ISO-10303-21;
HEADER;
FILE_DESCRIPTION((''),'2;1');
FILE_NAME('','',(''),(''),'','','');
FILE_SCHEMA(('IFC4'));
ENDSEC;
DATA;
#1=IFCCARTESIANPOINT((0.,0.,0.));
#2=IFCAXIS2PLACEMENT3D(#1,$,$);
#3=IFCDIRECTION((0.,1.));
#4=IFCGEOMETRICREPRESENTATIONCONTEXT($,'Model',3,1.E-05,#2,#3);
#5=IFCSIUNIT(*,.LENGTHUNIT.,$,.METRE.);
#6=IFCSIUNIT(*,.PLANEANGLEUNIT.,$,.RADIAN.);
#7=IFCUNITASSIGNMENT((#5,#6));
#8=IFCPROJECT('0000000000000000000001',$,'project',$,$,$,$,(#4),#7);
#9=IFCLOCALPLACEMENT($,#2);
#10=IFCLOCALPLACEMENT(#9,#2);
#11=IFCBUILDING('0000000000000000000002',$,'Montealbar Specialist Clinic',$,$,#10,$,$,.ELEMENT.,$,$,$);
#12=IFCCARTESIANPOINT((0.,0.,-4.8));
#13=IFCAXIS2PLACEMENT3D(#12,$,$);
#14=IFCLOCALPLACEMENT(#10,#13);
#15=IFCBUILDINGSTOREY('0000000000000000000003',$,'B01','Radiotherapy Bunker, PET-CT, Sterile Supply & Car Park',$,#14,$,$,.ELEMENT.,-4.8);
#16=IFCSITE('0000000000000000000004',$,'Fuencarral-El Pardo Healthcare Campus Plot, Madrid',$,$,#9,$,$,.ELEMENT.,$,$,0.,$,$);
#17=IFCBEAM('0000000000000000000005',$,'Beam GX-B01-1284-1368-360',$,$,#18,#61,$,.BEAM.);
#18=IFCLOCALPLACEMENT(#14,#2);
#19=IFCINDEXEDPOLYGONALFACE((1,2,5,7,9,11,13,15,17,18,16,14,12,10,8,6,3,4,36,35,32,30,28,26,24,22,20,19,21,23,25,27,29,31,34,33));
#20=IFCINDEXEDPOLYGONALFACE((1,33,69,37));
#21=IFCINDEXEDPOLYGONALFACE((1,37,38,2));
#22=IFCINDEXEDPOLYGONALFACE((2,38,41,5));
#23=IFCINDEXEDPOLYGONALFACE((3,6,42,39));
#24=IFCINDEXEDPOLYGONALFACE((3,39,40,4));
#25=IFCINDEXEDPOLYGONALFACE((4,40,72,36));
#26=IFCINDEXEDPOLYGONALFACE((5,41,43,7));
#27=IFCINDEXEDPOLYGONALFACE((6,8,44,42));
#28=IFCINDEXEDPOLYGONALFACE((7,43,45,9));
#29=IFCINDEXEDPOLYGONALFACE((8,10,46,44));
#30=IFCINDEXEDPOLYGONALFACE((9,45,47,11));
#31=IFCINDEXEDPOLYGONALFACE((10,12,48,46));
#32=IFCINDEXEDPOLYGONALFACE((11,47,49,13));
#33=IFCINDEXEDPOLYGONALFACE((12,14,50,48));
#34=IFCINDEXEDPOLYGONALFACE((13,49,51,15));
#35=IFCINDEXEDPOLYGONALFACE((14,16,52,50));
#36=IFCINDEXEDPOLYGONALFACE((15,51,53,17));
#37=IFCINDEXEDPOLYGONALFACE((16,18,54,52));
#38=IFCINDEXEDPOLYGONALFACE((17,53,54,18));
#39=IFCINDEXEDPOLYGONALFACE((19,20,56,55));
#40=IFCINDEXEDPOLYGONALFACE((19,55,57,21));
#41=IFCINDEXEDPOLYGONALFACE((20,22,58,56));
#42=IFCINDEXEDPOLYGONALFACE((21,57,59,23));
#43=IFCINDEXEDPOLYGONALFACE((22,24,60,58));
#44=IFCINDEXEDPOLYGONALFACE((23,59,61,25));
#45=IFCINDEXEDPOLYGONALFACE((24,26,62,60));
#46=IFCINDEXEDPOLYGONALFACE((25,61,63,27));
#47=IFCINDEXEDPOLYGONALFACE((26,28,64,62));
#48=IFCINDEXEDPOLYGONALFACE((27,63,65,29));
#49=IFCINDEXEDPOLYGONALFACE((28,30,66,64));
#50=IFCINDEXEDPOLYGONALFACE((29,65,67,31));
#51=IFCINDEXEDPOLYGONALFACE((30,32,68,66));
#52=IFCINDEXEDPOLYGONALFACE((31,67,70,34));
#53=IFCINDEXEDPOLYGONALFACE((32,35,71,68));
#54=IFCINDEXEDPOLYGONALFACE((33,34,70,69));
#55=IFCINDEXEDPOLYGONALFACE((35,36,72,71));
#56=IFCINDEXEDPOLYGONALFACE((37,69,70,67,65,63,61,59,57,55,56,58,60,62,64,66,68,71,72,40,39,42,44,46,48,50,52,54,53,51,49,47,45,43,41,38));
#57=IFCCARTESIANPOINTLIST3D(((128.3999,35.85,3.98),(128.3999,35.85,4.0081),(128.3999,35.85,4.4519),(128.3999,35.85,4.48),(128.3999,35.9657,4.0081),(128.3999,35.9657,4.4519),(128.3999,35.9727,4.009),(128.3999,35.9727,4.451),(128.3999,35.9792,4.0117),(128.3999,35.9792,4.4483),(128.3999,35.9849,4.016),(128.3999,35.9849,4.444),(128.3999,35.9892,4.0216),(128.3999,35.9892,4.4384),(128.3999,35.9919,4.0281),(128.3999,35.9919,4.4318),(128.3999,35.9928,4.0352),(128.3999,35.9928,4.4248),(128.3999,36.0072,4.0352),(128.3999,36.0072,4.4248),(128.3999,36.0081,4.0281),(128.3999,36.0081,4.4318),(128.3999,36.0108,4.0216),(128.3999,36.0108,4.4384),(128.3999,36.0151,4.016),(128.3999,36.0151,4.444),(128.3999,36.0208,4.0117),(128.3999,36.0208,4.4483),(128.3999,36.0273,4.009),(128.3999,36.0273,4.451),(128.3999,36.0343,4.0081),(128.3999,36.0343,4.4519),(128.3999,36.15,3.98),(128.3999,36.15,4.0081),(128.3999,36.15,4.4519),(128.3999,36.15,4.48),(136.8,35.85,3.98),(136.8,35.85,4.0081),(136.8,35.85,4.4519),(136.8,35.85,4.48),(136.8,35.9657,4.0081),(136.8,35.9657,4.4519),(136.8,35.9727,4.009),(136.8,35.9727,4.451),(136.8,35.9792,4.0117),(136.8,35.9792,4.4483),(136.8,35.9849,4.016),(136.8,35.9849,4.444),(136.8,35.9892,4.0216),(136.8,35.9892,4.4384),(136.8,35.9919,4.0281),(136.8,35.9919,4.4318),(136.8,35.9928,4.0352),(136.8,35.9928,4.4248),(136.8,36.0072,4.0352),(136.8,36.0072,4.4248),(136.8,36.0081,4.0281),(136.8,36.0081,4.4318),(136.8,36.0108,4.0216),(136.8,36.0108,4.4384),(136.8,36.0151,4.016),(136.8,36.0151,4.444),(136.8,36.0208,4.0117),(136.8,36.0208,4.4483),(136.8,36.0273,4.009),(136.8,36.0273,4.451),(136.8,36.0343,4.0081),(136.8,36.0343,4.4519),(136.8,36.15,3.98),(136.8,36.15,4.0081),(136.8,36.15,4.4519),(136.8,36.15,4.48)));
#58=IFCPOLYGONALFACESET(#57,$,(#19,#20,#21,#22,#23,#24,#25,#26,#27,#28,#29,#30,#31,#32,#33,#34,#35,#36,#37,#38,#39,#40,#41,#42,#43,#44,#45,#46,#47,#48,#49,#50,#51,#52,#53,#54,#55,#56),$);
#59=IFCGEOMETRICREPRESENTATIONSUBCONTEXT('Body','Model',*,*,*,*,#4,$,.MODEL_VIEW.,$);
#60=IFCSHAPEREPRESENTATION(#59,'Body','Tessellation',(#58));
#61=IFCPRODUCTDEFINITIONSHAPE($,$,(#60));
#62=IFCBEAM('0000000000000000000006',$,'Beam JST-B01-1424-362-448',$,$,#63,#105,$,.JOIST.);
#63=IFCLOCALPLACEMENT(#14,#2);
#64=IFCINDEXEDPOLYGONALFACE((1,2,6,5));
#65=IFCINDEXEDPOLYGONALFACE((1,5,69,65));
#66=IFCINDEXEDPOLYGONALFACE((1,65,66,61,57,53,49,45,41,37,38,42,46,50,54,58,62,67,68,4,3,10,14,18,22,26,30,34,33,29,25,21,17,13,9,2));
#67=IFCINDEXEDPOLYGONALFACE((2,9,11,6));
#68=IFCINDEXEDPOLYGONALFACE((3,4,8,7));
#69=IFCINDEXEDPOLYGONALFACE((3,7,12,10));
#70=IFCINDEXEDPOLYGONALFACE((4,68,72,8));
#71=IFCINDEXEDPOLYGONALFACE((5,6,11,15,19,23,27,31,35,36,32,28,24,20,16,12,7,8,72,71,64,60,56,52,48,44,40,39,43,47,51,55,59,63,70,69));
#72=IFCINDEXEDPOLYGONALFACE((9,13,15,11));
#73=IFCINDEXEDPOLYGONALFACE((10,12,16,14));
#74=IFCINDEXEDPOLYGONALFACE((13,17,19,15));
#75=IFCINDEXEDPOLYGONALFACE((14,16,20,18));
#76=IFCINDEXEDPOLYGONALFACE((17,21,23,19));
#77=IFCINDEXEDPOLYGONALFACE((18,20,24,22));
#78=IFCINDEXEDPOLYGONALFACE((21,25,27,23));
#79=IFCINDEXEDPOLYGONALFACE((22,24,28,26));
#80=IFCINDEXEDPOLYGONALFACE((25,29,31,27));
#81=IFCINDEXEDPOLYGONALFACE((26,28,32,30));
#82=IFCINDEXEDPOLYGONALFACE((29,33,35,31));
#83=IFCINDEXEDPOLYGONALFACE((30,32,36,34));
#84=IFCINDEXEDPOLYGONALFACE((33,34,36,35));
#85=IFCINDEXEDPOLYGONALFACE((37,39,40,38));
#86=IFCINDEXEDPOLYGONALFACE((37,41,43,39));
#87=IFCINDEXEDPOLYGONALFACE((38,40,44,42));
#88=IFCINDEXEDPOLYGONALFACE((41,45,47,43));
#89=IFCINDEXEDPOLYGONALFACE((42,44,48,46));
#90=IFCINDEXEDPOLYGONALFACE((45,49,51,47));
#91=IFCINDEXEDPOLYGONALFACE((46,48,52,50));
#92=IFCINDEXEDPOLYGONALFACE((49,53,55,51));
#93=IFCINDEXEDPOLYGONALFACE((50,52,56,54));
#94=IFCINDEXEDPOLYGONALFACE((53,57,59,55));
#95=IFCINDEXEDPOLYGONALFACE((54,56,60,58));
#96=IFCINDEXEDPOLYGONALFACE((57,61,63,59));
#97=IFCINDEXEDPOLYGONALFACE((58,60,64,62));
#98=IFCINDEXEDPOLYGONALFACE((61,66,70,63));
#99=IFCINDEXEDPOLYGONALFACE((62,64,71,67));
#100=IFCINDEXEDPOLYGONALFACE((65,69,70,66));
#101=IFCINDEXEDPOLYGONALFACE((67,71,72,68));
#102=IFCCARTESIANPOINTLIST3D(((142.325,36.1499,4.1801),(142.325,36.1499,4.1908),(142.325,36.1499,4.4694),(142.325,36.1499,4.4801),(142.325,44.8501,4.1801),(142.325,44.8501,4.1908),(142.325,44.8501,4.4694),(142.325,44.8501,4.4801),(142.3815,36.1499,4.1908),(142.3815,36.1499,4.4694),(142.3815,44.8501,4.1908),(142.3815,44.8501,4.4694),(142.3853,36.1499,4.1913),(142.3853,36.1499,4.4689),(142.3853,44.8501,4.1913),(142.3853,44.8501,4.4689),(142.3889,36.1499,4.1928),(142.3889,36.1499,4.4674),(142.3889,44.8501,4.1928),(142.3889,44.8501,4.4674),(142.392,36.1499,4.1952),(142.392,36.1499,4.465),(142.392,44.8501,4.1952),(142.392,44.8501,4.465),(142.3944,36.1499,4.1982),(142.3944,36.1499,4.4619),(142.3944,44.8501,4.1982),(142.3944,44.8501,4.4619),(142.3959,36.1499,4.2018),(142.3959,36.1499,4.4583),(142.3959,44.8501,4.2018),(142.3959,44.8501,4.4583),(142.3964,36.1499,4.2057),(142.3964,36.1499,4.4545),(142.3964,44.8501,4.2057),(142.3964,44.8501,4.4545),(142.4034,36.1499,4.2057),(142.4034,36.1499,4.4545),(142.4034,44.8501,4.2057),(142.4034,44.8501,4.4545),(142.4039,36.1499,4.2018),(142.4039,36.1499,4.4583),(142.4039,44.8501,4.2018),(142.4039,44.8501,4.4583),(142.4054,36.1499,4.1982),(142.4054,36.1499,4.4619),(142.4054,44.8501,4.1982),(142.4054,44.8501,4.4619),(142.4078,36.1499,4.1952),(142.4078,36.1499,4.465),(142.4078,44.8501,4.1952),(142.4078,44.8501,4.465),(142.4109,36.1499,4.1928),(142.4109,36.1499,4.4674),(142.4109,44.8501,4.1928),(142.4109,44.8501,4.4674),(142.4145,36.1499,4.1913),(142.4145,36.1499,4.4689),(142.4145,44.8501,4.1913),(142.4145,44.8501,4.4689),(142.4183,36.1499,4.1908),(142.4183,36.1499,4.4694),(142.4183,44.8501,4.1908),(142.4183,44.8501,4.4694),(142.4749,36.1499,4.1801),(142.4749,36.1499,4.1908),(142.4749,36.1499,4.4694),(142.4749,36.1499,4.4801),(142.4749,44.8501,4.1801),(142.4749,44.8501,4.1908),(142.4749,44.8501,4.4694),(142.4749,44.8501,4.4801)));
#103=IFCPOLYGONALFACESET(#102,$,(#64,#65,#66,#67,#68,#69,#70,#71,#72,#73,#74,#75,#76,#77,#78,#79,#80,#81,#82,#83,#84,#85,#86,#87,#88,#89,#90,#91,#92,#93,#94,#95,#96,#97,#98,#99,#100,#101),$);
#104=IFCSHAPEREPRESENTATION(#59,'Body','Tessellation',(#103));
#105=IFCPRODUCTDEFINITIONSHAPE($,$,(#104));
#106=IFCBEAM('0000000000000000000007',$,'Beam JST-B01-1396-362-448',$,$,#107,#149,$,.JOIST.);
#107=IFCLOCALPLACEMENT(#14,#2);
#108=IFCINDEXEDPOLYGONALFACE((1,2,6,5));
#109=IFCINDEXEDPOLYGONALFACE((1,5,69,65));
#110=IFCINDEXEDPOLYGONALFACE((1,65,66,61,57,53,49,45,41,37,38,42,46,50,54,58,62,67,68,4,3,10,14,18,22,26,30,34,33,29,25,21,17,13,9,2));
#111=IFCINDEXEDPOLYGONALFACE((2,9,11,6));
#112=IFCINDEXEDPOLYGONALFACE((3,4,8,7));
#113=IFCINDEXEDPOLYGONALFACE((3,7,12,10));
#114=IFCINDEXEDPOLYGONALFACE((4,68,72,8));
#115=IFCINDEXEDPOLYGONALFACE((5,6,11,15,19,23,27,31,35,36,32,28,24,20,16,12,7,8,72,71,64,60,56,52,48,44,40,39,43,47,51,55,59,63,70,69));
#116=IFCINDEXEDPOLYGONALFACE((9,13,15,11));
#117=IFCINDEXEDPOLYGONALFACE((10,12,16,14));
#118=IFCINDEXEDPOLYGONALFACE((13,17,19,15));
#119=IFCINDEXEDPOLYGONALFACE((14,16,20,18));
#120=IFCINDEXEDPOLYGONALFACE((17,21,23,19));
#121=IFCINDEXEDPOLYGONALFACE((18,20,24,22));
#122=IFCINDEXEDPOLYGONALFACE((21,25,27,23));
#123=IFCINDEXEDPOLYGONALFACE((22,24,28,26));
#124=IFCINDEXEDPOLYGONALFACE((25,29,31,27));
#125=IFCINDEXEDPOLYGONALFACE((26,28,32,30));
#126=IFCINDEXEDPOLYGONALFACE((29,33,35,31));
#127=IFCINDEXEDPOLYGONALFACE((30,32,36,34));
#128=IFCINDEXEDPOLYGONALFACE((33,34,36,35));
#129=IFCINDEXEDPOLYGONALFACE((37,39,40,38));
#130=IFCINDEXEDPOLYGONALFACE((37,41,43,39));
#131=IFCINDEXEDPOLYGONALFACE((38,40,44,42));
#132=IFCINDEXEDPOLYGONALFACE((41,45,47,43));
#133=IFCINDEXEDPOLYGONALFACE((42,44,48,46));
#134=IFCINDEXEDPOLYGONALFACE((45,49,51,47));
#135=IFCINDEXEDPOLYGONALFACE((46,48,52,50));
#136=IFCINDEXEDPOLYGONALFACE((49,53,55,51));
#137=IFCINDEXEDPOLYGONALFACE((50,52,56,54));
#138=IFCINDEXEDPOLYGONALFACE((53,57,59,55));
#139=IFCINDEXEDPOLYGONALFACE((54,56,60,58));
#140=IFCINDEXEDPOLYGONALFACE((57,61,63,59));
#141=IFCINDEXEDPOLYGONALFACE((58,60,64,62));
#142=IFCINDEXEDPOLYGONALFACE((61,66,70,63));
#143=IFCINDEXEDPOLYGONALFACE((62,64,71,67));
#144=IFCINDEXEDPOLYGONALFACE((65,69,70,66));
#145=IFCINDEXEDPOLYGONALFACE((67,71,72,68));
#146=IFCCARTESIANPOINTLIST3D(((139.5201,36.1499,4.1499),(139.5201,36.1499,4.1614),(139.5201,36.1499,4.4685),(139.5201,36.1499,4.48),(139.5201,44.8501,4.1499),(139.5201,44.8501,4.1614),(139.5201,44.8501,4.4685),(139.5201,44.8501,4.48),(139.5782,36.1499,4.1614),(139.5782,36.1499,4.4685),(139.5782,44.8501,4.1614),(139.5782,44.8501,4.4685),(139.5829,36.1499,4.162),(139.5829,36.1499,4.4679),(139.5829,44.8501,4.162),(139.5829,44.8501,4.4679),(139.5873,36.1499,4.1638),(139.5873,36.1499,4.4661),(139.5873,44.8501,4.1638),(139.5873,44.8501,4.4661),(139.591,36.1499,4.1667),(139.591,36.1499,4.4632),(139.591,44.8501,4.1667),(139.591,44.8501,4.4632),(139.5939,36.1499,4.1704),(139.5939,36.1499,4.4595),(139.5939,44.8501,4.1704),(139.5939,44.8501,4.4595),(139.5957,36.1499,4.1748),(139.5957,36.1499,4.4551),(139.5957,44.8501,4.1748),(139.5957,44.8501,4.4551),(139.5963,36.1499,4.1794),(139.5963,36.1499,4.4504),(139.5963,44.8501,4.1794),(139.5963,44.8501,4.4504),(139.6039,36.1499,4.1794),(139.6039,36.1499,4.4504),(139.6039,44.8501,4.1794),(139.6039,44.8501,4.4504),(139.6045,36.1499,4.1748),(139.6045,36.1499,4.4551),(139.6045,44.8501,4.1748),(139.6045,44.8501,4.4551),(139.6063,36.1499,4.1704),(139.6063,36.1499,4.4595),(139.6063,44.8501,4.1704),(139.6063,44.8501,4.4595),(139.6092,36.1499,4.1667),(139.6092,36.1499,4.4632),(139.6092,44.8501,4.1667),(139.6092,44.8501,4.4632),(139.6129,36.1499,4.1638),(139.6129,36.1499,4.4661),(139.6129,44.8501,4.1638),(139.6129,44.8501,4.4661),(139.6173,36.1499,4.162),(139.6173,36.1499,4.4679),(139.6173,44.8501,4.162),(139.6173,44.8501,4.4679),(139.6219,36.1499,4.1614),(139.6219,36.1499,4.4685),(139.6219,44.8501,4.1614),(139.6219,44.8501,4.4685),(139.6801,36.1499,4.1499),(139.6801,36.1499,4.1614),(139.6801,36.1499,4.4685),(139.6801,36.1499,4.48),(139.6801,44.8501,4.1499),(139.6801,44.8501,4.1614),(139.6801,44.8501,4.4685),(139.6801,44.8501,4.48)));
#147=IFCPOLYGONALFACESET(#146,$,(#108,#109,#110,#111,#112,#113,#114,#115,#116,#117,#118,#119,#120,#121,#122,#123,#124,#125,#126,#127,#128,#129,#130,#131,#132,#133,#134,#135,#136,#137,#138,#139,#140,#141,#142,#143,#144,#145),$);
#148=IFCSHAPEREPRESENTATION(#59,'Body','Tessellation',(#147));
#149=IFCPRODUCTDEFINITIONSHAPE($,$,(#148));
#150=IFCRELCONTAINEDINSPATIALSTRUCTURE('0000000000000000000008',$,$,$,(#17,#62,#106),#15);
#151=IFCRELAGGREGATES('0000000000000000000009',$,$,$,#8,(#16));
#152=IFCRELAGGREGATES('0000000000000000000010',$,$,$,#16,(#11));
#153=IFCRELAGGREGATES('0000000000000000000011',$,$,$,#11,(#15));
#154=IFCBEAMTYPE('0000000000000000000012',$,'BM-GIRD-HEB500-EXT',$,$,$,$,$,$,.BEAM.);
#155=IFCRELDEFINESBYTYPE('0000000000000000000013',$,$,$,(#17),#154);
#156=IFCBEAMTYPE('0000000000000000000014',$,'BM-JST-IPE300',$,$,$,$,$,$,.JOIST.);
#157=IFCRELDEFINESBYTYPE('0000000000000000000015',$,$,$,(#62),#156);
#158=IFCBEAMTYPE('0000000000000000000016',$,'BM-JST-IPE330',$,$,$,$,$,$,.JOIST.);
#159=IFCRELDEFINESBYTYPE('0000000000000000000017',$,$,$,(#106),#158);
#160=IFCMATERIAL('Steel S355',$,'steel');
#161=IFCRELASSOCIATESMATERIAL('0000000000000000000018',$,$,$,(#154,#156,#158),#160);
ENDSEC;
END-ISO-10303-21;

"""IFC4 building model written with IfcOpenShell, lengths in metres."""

from ifc_helpers import new_model, si_unit, direction, frame, origin, origin_2d, place, context, subcontext, project, spatial, i_section, extrude, material, material_profile, profile_set, type_object, element, save


model = new_model("IFC4")

# Units and contexts
model_context = context("Model", 3, precision=1e-05, world=origin(), true_north=direction((0.0, 1.0)))
body_context = subcontext(model_context, "Body", "Model", "MODEL_VIEW")
ifc_project = project(units=[si_unit("LENGTHUNIT", "METRE"), si_unit("PLANEANGLEUNIT", "RADIAN")], contexts=[model_context])

# Site, building, storey
site_placement = place(None, origin())
site = spatial("IfcSite", under=ifc_project, at=site_placement, Name="Fuencarral-El Pardo Healthcare Campus Plot, Madrid", CompositionType="ELEMENT", RefElevation=0.0)
building_placement = place(site_placement, origin())
building = spatial("IfcBuilding", under=site, at=building_placement, Name="Montealbar Specialist Clinic", CompositionType="ELEMENT")
storey_placement = place(building_placement, frame((0.0, 0.0, -4.8)))
storey = spatial("IfcBuildingStorey", under=building, at=storey_placement, Name="B01", Description="Radiotherapy Bunker, PET-CT, Sterile Supply & Car Park", CompositionType="ELEMENT", Elevation=-4.8)

# Shared definitions
ifc_material_1 = material(Name="Steel S355", Category="steel")

# Beams
ifc_material_profile_1 = material_profile(ifc_material_1, i_section(OverallWidth=0.3, OverallDepth=0.5, WebThickness=0.0144, FlangeThickness=0.0281, FilletRadius=0.0271, at=origin_2d()), Name="HEB 500", Category="steel")
ifc_profile_set_1 = profile_set([ifc_material_profile_1], Name="Steel S355")
beam_type_1 = type_object("IfcBeamType", Name="BM-GIRD-HEB500-EXT", PredefinedType="BEAM", material=ifc_profile_set_1)
beam_1_placement = place(storey_placement, frame((128.3999, 36.0, 4.23), z_axis=(1.0, 0.0, 0.0), x_axis=(0.0, 1.0, 0.0)))
element("IfcBeam", 1, at=beam_1_placement, inside=storey, type_object=beam_type_1, Name="Beam GX-B01-1284-1368-360", PredefinedType="BEAM", context=body_context, shape_type="SweptSolid", body=[
    extrude(i_section(OverallWidth=0.3, OverallDepth=0.5, WebThickness=0.0144, FlangeThickness=0.0281, FilletRadius=0.0271, at=origin_2d()), origin(), (0.0, 0.0, 1.0), 8.4001),
])
ifc_material_profile_2 = material_profile(ifc_material_1, i_section(OverallWidth=0.1499, OverallDepth=0.3, WebThickness=0.0071, FlangeThickness=0.0107, FilletRadius=0.0149, at=origin_2d()), Name="IPE 300", Category="steel")
ifc_profile_set_2 = profile_set([ifc_material_profile_2], Name="Steel S355")
beam_type_2 = type_object("IfcBeamType", Name="BM-JST-IPE300", PredefinedType="JOIST", material=ifc_profile_set_2)
beam_2_placement = place(storey_placement, frame((142.3999, 36.1499, 4.3301), z_axis=(0.0, 1.0, 0.0), x_axis=(-1.0, 0.0, 0.0)))
element("IfcBeam", 2, at=beam_2_placement, inside=storey, type_object=beam_type_2, Name="Beam JST-B01-1424-362-448", PredefinedType="JOIST", context=body_context, shape_type="SweptSolid", body=[
    extrude(i_section(OverallWidth=0.1499, OverallDepth=0.3, WebThickness=0.0071, FlangeThickness=0.0107, FilletRadius=0.0149, at=origin_2d()), origin(), (0.0, 0.0, 1.0), 8.7002),
])
ifc_material_profile_3 = material_profile(ifc_material_1, i_section(OverallWidth=0.1599, OverallDepth=0.3301, WebThickness=0.0076, FlangeThickness=0.0115, FilletRadius=0.0181, at=origin_2d()), Name="IPE 330", Category="steel")
ifc_profile_set_3 = profile_set([ifc_material_profile_3], Name="Steel S355")
beam_type_3 = type_object("IfcBeamType", Name="BM-JST-IPE330", PredefinedType="JOIST", material=ifc_profile_set_3)
beam_3_placement = place(storey_placement, frame((139.6001, 36.1499, 4.3149), z_axis=(0.0, 1.0, 0.0), x_axis=(-1.0, 0.0, 0.0)))
element("IfcBeam", 3, at=beam_3_placement, inside=storey, type_object=beam_type_3, Name="Beam JST-B01-1396-362-448", PredefinedType="JOIST", context=body_context, shape_type="SweptSolid", body=[
    extrude(i_section(OverallWidth=0.1599, OverallDepth=0.3301, WebThickness=0.0076, FlangeThickness=0.0115, FilletRadius=0.0181, at=origin_2d()), origin(), (0.0, 0.0, 1.0), 8.7002),
])

save(model, "model.ifc")
